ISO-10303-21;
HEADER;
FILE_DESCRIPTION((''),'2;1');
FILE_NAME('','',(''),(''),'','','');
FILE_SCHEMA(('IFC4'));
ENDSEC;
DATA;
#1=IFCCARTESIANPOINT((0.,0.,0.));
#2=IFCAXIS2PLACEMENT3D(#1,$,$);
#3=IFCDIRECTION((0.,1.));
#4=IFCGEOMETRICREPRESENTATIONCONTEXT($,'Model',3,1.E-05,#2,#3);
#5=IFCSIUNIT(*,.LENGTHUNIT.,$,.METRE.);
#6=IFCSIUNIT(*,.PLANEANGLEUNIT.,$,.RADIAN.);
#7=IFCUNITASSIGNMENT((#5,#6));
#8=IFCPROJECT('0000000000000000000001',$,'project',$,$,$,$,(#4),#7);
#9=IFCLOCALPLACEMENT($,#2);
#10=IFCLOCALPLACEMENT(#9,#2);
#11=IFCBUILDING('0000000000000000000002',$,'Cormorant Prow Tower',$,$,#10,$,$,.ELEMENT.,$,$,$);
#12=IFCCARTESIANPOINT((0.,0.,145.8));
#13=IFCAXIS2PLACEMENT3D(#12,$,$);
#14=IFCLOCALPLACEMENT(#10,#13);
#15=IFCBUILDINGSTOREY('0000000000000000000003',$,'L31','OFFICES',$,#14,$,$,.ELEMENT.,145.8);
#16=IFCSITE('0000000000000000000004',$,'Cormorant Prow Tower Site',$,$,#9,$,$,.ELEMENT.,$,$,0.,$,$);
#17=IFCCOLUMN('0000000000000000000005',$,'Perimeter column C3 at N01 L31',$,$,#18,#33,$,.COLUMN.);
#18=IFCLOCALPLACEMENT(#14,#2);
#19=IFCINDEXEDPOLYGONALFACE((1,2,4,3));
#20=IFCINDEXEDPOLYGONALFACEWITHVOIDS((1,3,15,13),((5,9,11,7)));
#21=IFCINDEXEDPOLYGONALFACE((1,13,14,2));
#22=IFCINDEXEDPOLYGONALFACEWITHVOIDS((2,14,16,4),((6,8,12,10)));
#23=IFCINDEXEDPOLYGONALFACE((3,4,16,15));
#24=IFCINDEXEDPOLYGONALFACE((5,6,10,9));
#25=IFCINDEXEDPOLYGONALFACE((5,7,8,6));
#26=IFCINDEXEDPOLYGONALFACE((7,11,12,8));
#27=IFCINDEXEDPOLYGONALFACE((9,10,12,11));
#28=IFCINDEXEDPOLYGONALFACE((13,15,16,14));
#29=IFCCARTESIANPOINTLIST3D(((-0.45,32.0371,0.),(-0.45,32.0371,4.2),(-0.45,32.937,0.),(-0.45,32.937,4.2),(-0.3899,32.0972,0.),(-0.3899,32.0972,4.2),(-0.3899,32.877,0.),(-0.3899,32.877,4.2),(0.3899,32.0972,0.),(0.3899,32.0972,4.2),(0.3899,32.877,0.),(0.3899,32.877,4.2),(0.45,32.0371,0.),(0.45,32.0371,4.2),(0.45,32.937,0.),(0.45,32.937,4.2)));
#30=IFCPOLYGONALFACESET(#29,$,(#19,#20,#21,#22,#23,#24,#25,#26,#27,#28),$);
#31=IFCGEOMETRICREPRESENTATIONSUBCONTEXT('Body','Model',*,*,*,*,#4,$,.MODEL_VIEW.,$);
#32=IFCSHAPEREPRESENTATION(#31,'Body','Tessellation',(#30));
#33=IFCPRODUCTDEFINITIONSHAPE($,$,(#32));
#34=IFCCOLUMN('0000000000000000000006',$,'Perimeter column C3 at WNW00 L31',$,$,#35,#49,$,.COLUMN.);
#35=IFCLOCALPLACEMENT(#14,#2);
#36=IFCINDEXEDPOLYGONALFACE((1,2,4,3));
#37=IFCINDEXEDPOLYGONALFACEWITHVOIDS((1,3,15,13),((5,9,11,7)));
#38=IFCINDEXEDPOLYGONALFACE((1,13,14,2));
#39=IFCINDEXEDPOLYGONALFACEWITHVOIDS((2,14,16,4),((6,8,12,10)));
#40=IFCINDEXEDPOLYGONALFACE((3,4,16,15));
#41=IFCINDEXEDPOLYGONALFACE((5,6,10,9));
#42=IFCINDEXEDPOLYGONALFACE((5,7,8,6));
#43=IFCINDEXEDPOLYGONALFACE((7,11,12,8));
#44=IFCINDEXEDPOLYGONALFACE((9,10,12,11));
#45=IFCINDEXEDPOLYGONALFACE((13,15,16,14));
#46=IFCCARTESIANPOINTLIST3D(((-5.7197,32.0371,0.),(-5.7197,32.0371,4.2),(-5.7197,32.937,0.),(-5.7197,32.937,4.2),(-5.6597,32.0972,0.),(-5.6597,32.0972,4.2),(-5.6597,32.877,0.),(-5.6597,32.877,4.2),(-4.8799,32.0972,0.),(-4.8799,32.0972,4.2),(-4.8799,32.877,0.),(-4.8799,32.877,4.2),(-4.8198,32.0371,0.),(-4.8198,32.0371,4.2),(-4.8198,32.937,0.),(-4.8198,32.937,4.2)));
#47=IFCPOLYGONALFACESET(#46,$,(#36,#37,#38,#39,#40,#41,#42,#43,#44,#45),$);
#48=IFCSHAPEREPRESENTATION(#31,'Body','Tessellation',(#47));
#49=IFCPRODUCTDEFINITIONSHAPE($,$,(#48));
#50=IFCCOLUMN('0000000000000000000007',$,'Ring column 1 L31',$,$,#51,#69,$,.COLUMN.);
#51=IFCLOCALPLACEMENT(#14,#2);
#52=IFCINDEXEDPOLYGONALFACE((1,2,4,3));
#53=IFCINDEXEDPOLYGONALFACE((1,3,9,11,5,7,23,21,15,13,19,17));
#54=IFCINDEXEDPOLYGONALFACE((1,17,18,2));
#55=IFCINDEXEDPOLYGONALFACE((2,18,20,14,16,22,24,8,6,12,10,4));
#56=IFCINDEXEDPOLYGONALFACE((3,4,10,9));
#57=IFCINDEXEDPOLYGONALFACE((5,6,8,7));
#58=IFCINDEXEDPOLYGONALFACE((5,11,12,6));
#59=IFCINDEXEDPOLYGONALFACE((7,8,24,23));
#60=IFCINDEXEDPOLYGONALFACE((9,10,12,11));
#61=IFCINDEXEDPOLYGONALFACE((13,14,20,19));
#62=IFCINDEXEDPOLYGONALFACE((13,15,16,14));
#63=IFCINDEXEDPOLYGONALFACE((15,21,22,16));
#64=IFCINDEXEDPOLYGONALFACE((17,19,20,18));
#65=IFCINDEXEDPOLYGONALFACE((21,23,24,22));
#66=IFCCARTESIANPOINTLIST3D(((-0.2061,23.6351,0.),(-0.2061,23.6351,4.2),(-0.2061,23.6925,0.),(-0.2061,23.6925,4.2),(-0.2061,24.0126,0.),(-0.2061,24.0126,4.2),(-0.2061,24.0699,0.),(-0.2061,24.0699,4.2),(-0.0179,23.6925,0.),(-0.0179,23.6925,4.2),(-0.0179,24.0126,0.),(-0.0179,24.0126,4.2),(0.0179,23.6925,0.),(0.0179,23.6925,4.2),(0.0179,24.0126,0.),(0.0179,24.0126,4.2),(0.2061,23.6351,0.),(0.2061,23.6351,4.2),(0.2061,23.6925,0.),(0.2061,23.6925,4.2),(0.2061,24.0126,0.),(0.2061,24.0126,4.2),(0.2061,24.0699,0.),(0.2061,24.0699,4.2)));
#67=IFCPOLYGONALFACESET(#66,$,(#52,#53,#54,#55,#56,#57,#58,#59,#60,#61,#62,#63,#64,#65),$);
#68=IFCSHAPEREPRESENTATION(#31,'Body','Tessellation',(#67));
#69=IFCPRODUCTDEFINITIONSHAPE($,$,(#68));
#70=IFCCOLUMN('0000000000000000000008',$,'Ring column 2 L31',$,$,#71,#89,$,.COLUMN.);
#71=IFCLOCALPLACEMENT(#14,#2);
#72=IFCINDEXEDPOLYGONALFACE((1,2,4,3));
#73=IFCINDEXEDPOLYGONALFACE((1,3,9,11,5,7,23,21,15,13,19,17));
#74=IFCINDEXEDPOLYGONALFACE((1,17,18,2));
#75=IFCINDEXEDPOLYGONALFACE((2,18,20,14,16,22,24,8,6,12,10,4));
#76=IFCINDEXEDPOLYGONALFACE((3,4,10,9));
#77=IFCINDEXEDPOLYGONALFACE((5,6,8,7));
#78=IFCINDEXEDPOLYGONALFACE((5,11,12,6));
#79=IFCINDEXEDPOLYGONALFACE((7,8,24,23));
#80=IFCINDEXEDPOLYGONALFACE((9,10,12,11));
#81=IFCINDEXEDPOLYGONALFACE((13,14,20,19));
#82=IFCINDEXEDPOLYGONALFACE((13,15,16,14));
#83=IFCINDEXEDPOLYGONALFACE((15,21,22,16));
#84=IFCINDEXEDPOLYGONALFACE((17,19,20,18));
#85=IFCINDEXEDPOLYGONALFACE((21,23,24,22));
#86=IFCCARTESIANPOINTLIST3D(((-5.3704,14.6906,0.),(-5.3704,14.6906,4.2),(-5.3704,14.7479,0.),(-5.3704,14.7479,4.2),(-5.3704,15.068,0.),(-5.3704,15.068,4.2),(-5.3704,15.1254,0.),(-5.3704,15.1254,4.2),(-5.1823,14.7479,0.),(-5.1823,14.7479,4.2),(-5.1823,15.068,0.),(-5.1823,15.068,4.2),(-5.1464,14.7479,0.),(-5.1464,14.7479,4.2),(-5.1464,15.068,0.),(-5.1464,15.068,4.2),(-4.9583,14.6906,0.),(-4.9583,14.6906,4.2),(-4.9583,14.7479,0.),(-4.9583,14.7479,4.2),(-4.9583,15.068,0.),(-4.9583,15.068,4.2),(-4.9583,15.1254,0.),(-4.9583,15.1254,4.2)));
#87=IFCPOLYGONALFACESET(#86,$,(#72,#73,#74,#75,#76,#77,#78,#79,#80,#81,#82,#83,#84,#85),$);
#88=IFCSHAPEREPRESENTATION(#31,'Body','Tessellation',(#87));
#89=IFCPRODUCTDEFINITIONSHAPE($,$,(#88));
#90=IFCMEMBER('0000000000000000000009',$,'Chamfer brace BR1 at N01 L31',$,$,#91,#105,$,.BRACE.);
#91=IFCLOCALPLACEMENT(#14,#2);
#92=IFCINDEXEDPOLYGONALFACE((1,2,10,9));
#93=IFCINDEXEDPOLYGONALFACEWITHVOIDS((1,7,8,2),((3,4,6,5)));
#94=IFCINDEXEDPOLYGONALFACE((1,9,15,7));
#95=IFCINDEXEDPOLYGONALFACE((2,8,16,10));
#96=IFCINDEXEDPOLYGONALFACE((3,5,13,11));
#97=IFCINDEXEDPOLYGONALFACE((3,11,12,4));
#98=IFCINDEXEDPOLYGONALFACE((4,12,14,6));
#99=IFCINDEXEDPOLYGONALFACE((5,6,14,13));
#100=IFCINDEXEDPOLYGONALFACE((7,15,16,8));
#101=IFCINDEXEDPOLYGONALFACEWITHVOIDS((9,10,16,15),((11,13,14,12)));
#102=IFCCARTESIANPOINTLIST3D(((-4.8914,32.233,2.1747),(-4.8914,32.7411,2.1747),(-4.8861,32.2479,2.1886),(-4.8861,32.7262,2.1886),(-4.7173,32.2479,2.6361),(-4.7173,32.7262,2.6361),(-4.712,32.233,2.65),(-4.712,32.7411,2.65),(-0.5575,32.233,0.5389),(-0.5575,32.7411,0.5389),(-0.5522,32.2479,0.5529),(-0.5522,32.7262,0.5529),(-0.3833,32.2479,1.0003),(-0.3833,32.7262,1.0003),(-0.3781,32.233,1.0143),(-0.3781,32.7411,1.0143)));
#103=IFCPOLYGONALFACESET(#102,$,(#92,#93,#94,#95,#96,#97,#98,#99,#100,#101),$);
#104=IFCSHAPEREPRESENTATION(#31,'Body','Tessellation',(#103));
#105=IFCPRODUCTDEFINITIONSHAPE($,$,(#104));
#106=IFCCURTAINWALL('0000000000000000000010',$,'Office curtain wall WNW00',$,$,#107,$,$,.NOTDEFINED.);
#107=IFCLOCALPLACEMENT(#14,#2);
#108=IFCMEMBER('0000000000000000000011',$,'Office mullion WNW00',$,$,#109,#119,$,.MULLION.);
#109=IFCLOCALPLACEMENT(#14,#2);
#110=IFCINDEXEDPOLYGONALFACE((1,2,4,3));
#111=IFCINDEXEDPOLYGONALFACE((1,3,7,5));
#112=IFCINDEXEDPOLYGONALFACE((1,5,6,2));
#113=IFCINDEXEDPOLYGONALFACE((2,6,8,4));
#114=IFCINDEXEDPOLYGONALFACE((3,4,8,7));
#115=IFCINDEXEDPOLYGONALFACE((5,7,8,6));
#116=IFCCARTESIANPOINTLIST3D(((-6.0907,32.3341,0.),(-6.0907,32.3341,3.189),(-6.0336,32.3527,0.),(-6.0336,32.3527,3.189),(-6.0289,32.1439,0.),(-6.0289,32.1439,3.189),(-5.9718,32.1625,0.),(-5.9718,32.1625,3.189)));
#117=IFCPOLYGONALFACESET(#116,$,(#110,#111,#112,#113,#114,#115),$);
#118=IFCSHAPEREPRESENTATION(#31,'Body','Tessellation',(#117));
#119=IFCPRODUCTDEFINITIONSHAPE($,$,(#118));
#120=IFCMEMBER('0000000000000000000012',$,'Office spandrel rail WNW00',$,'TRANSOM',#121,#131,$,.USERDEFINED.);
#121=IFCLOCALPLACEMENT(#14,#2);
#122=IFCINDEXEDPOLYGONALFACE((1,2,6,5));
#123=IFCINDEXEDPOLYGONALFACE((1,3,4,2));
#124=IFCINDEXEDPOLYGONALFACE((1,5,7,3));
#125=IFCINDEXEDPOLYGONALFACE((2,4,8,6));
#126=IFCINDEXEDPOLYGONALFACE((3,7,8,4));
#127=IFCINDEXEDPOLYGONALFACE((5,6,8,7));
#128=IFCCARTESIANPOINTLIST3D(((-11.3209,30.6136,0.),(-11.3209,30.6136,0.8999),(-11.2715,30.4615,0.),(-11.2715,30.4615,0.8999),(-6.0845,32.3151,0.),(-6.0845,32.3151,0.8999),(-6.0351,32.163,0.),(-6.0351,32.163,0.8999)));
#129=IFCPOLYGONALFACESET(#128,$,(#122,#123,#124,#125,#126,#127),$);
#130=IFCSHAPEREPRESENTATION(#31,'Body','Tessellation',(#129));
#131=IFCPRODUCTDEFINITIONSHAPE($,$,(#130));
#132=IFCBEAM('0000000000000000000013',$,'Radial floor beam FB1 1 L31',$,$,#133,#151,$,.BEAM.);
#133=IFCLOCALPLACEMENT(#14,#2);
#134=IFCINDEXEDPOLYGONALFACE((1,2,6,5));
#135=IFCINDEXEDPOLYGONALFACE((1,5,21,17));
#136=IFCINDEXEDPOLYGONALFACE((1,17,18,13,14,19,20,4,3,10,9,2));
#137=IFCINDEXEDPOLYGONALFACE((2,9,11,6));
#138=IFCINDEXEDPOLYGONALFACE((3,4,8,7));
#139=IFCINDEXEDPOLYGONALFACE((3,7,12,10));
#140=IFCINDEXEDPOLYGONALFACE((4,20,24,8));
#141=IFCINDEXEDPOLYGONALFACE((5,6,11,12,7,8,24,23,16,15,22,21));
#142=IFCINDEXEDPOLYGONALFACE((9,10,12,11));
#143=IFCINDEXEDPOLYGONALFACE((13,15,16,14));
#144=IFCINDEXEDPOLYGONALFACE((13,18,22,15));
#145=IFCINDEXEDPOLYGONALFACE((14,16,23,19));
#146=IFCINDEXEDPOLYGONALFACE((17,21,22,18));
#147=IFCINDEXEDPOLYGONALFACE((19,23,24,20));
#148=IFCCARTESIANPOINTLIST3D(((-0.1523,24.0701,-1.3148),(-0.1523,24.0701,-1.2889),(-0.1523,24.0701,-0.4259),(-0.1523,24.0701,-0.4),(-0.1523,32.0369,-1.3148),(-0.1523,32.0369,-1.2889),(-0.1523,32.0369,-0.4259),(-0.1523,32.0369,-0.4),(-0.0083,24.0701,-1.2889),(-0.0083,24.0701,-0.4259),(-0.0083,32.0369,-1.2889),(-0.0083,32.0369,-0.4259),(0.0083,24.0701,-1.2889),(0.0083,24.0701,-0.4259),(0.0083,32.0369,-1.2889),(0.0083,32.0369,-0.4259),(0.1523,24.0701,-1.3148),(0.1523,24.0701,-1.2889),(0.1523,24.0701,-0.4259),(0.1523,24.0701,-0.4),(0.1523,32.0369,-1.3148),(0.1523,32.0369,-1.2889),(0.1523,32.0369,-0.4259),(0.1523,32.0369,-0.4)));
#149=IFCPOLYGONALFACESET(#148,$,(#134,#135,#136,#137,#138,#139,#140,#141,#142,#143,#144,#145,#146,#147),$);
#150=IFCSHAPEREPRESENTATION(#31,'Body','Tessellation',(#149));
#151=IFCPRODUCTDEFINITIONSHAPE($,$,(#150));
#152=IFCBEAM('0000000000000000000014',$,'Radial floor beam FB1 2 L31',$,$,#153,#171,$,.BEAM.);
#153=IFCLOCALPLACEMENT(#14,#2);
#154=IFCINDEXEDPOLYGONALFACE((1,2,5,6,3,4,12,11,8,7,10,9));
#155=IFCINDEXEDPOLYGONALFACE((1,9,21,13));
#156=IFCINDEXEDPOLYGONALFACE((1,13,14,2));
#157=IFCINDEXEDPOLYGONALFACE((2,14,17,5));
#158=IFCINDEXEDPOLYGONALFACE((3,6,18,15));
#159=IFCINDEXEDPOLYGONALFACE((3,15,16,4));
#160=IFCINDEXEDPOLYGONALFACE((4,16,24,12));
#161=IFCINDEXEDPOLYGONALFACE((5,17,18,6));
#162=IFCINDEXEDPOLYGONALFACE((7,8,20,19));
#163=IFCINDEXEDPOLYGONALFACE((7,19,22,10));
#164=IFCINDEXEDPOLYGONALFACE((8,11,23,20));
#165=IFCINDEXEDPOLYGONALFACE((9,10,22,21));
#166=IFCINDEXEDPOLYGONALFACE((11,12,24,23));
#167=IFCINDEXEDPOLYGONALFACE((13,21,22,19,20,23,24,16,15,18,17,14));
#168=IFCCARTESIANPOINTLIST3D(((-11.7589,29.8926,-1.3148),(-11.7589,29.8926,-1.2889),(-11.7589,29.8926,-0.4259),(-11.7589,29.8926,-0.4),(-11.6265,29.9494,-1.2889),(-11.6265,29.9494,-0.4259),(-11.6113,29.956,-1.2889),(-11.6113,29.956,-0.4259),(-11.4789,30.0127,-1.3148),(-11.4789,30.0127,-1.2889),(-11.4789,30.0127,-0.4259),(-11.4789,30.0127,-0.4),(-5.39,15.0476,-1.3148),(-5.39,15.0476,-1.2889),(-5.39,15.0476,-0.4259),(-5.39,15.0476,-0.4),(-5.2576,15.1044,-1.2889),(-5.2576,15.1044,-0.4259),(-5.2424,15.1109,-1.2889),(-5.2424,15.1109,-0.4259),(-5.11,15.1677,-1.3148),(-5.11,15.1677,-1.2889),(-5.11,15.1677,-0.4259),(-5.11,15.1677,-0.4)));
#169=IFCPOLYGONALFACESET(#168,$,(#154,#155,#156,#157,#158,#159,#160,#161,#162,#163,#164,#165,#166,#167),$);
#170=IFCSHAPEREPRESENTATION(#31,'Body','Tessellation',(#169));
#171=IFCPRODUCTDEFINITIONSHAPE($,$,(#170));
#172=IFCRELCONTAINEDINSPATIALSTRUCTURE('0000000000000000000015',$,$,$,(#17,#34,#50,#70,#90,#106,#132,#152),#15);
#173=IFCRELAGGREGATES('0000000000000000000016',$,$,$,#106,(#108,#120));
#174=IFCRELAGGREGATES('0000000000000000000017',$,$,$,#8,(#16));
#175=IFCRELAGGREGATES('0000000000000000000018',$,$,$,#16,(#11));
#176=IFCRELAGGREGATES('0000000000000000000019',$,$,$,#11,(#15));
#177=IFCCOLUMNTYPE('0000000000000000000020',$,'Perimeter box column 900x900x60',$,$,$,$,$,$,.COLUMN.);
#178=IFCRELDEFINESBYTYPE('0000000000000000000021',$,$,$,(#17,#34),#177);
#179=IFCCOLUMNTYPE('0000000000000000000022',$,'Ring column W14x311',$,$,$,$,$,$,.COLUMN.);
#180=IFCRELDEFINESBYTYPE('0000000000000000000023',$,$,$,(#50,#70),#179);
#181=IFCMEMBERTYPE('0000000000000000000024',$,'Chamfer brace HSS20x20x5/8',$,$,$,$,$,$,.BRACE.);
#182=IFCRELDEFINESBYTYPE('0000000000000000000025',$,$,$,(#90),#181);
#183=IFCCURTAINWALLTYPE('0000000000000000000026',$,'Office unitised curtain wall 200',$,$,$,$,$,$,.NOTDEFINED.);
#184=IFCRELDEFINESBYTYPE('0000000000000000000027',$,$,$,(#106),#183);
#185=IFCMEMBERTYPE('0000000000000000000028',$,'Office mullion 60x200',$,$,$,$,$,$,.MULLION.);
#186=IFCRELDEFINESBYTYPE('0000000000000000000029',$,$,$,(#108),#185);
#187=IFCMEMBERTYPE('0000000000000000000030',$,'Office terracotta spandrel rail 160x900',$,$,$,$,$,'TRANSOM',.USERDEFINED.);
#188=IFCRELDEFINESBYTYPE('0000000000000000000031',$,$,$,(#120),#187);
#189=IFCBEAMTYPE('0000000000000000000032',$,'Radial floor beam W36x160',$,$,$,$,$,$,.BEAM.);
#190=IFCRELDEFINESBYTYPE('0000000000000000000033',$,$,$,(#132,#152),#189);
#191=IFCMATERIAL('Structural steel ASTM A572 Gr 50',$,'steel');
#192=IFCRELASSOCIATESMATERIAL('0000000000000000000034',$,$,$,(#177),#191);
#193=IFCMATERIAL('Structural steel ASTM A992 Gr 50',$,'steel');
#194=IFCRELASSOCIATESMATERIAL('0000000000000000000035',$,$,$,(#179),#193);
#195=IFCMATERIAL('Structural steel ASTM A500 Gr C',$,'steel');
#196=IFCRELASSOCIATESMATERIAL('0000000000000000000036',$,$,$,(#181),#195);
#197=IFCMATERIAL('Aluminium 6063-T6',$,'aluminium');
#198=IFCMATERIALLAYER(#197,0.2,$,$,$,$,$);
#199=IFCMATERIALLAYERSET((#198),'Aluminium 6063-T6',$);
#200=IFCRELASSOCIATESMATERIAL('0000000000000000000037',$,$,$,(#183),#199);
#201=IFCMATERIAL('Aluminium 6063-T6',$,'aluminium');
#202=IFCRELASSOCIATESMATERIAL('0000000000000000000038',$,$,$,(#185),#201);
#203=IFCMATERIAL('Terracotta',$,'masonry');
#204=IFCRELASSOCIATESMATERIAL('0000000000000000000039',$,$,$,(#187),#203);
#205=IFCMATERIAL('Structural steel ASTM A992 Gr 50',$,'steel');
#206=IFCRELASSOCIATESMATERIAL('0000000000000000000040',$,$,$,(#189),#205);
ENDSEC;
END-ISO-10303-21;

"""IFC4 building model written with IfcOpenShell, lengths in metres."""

from ifc_helpers import new_model, si_unit, direction, frame, origin, origin_2d, place, context, subcontext, project, spatial, rectangle, hollow_rectangle, i_section, extrude, material, layer, layer_set, material_profile, profile_set, type_object, element, aggregate, save


model = new_model("IFC4")

# Units and contexts
model_context = context("Model", 3, precision=1e-05, world=origin(), true_north=direction((0.0, 1.0)))
body_context = subcontext(model_context, "Body", "Model", "MODEL_VIEW")
ifc_project = project(units=[si_unit("LENGTHUNIT", "METRE"), si_unit("PLANEANGLEUNIT", "RADIAN")], contexts=[model_context])

# Site, building, storey
site_placement = place(None, origin())
site = spatial("IfcSite", under=ifc_project, at=site_placement, Name="Cormorant Prow Tower Site", CompositionType="ELEMENT", RefElevation=0.0)
building_placement = place(site_placement, origin())
building = spatial("IfcBuilding", under=site, at=building_placement, Name="Cormorant Prow Tower", CompositionType="ELEMENT")
storey_placement = place(building_placement, frame((0.0, 0.0, 145.8)))
storey = spatial("IfcBuildingStorey", under=building, at=storey_placement, Name="L31", Description="OFFICES", CompositionType="ELEMENT", Elevation=145.8)

# Columns
ifc_material_1 = material(Name="Structural steel ASTM A572 Gr 50", Category="steel")
ifc_material_profile_1 = material_profile(ifc_material_1, hollow_rectangle(XDim=0.8999, YDim=0.8999, WallThickness=0.0601, at=origin_2d()), Name="Box 900x900x60")
ifc_profile_set_1 = profile_set([ifc_material_profile_1], Name="Structural steel ASTM A572 Gr 50")
column_type_1 = type_object("IfcColumnType", Name="Perimeter box column 900x900x60", PredefinedType="COLUMN", material=ifc_profile_set_1)
for number, where, z_axis, x_axis, name in (
    (1, (0.0, 32.4871, 0.0), (0.0, 0.0, 1.0), (1.0, 0.0, 0.0), "Perimeter column C3 at N01 L31"),
    (2, (-5.2698, 32.4871, 0.0), (0.0, 0.0, 1.0), (1.0, 0.0, 0.0), "Perimeter column C3 at WNW00 L31"),
):
    element("IfcColumn", number, at=place(storey_placement, frame(where, z_axis=z_axis, x_axis=x_axis)), inside=storey, type_object=column_type_1, Name=name, PredefinedType="COLUMN", context=body_context, shape_type="SweptSolid", body=[
        extrude(hollow_rectangle(XDim=0.8999, YDim=0.8999, WallThickness=0.0601, at=origin_2d()), origin(), (0.0, 0.0, 1.0), 4.2),
    ])
ifc_material_2 = material(Name="Structural steel ASTM A992 Gr 50", Category="steel")
ifc_material_profile_2 = material_profile(ifc_material_2, i_section(OverallWidth=0.4121, OverallDepth=0.4348, WebThickness=0.0359, FlangeThickness=0.0574, at=origin_2d()), Name="W14x311")
ifc_profile_set_2 = profile_set([ifc_material_profile_2], Name="Structural steel ASTM A992 Gr 50")
column_type_2 = type_object("IfcColumnType", Name="Ring column W14x311", PredefinedType="COLUMN", material=ifc_profile_set_2)
for number, where, z_axis, x_axis, name in (
    (3, (0.0, 23.8525, 0.0), (0.0, 0.0, 1.0), (1.0, 0.0, 0.0), "Ring column 1 L31"),
    (4, (-5.1643, 14.908, 0.0), (0.0, 0.0, 1.0), (1.0, 0.0, 0.0), "Ring column 2 L31"),
):
    element("IfcColumn", number, at=place(storey_placement, frame(where, z_axis=z_axis, x_axis=x_axis)), inside=storey, type_object=column_type_2, Name=name, PredefinedType="COLUMN", context=body_context, shape_type="SweptSolid", body=[
        extrude(i_section(OverallWidth=0.4121, OverallDepth=0.4348, WebThickness=0.0359, FlangeThickness=0.0574, at=origin_2d()), origin(), (0.0, 0.0, 1.0), 4.2),
    ])

# Member
ifc_material_3 = material(Name="Structural steel ASTM A500 Gr C", Category="steel")
ifc_material_profile_3 = material_profile(ifc_material_3, hollow_rectangle(XDim=0.5081, YDim=0.5081, WallThickness=0.0149, at=origin_2d()), Name="HSS20x20x5/8")
ifc_profile_set_3 = profile_set([ifc_material_profile_3], Name="Structural steel ASTM A500 Gr C")
member_type_1 = type_object("IfcMemberType", Name="Chamfer brace HSS20x20x5/8", PredefinedType="BRACE", material=ifc_profile_set_3)
member_1_placement = place(storey_placement, frame((-0.4678, 32.4871, 0.7766), z_axis=(-0.935582, 0.0, 0.353109), x_axis=(0.0, -1.0, 0.0)))
element("IfcMember", 5, at=member_1_placement, inside=storey, type_object=member_type_1, Name="Chamfer brace BR1 at N01 L31", PredefinedType="BRACE", context=body_context, shape_type="SweptSolid", body=[
    extrude(hollow_rectangle(XDim=0.5081, YDim=0.5081, WallThickness=0.0149, at=origin_2d()), origin(), (0.0, 0.0, 1.0), 4.6323),
])

# Curtain wall, members
ifc_material_4 = material(Name="Aluminium 6063-T6", Category="aluminium")
ifc_layer_1 = layer(ifc_material_4, 0.2)
ifc_layer_set_1 = layer_set([ifc_layer_1], Name="Aluminium 6063-T6")
curtain_wall_type = type_object("IfcCurtainWallType", Name="Office unitised curtain wall 200", PredefinedType="NOTDEFINED", material=ifc_layer_set_1)
curtain_wall_placement = place(storey_placement, origin())
curtain_wall = element("IfcCurtainWall", 6, at=curtain_wall_placement, inside=storey, type_object=curtain_wall_type, Name="Office curtain wall WNW00", PredefinedType="NOTDEFINED")
ifc_material_5 = material(Name="Aluminium 6063-T6", Category="aluminium")
ifc_material_profile_4 = material_profile(ifc_material_5, rectangle(XDim=0.2, YDim=0.0601, at=origin_2d()), Name="Office mullion 60x200")
ifc_profile_set_4 = profile_set([ifc_material_profile_4], Name="Aluminium 6063-T6")
member_type_2 = type_object("IfcMemberType", Name="Office mullion 60x200", PredefinedType="MULLION", material=ifc_profile_set_4)
member_2_placement = place(storey_placement, frame((-6.0312, 32.2483, 0.0), z_axis=(0.0, 0.0, 1.0), x_axis=(0.309017, -0.951057, 0.0)))
member_2 = element("IfcMember", 7, at=member_2_placement, type_object=member_type_2, Name="Office mullion WNW00", PredefinedType="MULLION", context=body_context, shape_type="SweptSolid", body=[
    extrude(rectangle(XDim=0.2, YDim=0.0601, at=origin_2d()), origin(), (0.0, 0.0, 1.0), 3.189),
])
ifc_material_6 = material(Name="Terracotta", Category="masonry")
ifc_material_profile_5 = material_profile(ifc_material_6, rectangle(XDim=0.1599, YDim=0.8999, at=origin_2d()), Name="Office terracotta spandrel rail 160x900")
ifc_profile_set_5 = profile_set([ifc_material_profile_5], Name="Terracotta")
member_type_3 = type_object("IfcMemberType", Name="Office terracotta spandrel rail 160x900", ElementType="TRANSOM", PredefinedType="USERDEFINED", material=ifc_profile_set_5)
member_3_placement = place(storey_placement, frame((-6.0598, 32.239, 0.45), z_axis=(-0.951055, -0.309022, 0.0), x_axis=(0.309022, -0.951055, 0.0)))
member_3 = element("IfcMember", 8, at=member_3_placement, type_object=member_type_3, Name="Office spandrel rail WNW00", ObjectType="TRANSOM", PredefinedType="USERDEFINED", context=body_context, shape_type="SweptSolid", body=[
    extrude(rectangle(XDim=0.1599, YDim=0.8999, at=origin_2d()), origin(), (0.0, 0.0, 1.0), 5.5059),
])

# Beams
ifc_material_7 = material(Name="Structural steel ASTM A992 Gr 50", Category="steel")
ifc_material_profile_6 = material_profile(ifc_material_7, i_section(OverallWidth=0.3047, OverallDepth=0.9148, WebThickness=0.0166, FlangeThickness=0.0259, at=origin_2d()), Name="W36x160")
ifc_profile_set_6 = profile_set([ifc_material_profile_6], Name="Structural steel ASTM A992 Gr 50")
beam_type_1 = type_object("IfcBeamType", Name="Radial floor beam W36x160", PredefinedType="BEAM", material=ifc_profile_set_6)
beam_1_placement = place(storey_placement, frame((0.0, 24.0701, -0.8574), z_axis=(0.0, 1.0, 0.0), x_axis=(-1.0, 0.0, 0.0)))
element("IfcBeam", 9, at=beam_1_placement, inside=storey, type_object=beam_type_1, Name="Radial floor beam FB1 1 L31", PredefinedType="BEAM", context=body_context, shape_type="SweptSolid", body=[
    extrude(i_section(OverallWidth=0.3047, OverallDepth=0.9148, WebThickness=0.0166, FlangeThickness=0.0259, at=origin_2d()), origin(), (0.0, 0.0, 1.0), 7.9668),
])
beam_2_placement = place(storey_placement, frame((-5.25, 15.1077, -0.8574), z_axis=(-0.394273, 0.918993, 0.0), x_axis=(-0.918993, -0.394273, 0.0)))
element("IfcBeam", 10, at=beam_2_placement, inside=storey, type_object=beam_type_1, Name="Radial floor beam FB1 2 L31", PredefinedType="BEAM", context=body_context, shape_type="SweptSolid", body=[
    extrude(i_section(OverallWidth=0.3047, OverallDepth=0.9148, WebThickness=0.0166, FlangeThickness=0.0259, at=origin_2d()), origin(), (0.0, 0.0, 1.0), 16.1536),
])

aggregate(curtain_wall, [member_2, member_3])

save(model, "model.ifc")
